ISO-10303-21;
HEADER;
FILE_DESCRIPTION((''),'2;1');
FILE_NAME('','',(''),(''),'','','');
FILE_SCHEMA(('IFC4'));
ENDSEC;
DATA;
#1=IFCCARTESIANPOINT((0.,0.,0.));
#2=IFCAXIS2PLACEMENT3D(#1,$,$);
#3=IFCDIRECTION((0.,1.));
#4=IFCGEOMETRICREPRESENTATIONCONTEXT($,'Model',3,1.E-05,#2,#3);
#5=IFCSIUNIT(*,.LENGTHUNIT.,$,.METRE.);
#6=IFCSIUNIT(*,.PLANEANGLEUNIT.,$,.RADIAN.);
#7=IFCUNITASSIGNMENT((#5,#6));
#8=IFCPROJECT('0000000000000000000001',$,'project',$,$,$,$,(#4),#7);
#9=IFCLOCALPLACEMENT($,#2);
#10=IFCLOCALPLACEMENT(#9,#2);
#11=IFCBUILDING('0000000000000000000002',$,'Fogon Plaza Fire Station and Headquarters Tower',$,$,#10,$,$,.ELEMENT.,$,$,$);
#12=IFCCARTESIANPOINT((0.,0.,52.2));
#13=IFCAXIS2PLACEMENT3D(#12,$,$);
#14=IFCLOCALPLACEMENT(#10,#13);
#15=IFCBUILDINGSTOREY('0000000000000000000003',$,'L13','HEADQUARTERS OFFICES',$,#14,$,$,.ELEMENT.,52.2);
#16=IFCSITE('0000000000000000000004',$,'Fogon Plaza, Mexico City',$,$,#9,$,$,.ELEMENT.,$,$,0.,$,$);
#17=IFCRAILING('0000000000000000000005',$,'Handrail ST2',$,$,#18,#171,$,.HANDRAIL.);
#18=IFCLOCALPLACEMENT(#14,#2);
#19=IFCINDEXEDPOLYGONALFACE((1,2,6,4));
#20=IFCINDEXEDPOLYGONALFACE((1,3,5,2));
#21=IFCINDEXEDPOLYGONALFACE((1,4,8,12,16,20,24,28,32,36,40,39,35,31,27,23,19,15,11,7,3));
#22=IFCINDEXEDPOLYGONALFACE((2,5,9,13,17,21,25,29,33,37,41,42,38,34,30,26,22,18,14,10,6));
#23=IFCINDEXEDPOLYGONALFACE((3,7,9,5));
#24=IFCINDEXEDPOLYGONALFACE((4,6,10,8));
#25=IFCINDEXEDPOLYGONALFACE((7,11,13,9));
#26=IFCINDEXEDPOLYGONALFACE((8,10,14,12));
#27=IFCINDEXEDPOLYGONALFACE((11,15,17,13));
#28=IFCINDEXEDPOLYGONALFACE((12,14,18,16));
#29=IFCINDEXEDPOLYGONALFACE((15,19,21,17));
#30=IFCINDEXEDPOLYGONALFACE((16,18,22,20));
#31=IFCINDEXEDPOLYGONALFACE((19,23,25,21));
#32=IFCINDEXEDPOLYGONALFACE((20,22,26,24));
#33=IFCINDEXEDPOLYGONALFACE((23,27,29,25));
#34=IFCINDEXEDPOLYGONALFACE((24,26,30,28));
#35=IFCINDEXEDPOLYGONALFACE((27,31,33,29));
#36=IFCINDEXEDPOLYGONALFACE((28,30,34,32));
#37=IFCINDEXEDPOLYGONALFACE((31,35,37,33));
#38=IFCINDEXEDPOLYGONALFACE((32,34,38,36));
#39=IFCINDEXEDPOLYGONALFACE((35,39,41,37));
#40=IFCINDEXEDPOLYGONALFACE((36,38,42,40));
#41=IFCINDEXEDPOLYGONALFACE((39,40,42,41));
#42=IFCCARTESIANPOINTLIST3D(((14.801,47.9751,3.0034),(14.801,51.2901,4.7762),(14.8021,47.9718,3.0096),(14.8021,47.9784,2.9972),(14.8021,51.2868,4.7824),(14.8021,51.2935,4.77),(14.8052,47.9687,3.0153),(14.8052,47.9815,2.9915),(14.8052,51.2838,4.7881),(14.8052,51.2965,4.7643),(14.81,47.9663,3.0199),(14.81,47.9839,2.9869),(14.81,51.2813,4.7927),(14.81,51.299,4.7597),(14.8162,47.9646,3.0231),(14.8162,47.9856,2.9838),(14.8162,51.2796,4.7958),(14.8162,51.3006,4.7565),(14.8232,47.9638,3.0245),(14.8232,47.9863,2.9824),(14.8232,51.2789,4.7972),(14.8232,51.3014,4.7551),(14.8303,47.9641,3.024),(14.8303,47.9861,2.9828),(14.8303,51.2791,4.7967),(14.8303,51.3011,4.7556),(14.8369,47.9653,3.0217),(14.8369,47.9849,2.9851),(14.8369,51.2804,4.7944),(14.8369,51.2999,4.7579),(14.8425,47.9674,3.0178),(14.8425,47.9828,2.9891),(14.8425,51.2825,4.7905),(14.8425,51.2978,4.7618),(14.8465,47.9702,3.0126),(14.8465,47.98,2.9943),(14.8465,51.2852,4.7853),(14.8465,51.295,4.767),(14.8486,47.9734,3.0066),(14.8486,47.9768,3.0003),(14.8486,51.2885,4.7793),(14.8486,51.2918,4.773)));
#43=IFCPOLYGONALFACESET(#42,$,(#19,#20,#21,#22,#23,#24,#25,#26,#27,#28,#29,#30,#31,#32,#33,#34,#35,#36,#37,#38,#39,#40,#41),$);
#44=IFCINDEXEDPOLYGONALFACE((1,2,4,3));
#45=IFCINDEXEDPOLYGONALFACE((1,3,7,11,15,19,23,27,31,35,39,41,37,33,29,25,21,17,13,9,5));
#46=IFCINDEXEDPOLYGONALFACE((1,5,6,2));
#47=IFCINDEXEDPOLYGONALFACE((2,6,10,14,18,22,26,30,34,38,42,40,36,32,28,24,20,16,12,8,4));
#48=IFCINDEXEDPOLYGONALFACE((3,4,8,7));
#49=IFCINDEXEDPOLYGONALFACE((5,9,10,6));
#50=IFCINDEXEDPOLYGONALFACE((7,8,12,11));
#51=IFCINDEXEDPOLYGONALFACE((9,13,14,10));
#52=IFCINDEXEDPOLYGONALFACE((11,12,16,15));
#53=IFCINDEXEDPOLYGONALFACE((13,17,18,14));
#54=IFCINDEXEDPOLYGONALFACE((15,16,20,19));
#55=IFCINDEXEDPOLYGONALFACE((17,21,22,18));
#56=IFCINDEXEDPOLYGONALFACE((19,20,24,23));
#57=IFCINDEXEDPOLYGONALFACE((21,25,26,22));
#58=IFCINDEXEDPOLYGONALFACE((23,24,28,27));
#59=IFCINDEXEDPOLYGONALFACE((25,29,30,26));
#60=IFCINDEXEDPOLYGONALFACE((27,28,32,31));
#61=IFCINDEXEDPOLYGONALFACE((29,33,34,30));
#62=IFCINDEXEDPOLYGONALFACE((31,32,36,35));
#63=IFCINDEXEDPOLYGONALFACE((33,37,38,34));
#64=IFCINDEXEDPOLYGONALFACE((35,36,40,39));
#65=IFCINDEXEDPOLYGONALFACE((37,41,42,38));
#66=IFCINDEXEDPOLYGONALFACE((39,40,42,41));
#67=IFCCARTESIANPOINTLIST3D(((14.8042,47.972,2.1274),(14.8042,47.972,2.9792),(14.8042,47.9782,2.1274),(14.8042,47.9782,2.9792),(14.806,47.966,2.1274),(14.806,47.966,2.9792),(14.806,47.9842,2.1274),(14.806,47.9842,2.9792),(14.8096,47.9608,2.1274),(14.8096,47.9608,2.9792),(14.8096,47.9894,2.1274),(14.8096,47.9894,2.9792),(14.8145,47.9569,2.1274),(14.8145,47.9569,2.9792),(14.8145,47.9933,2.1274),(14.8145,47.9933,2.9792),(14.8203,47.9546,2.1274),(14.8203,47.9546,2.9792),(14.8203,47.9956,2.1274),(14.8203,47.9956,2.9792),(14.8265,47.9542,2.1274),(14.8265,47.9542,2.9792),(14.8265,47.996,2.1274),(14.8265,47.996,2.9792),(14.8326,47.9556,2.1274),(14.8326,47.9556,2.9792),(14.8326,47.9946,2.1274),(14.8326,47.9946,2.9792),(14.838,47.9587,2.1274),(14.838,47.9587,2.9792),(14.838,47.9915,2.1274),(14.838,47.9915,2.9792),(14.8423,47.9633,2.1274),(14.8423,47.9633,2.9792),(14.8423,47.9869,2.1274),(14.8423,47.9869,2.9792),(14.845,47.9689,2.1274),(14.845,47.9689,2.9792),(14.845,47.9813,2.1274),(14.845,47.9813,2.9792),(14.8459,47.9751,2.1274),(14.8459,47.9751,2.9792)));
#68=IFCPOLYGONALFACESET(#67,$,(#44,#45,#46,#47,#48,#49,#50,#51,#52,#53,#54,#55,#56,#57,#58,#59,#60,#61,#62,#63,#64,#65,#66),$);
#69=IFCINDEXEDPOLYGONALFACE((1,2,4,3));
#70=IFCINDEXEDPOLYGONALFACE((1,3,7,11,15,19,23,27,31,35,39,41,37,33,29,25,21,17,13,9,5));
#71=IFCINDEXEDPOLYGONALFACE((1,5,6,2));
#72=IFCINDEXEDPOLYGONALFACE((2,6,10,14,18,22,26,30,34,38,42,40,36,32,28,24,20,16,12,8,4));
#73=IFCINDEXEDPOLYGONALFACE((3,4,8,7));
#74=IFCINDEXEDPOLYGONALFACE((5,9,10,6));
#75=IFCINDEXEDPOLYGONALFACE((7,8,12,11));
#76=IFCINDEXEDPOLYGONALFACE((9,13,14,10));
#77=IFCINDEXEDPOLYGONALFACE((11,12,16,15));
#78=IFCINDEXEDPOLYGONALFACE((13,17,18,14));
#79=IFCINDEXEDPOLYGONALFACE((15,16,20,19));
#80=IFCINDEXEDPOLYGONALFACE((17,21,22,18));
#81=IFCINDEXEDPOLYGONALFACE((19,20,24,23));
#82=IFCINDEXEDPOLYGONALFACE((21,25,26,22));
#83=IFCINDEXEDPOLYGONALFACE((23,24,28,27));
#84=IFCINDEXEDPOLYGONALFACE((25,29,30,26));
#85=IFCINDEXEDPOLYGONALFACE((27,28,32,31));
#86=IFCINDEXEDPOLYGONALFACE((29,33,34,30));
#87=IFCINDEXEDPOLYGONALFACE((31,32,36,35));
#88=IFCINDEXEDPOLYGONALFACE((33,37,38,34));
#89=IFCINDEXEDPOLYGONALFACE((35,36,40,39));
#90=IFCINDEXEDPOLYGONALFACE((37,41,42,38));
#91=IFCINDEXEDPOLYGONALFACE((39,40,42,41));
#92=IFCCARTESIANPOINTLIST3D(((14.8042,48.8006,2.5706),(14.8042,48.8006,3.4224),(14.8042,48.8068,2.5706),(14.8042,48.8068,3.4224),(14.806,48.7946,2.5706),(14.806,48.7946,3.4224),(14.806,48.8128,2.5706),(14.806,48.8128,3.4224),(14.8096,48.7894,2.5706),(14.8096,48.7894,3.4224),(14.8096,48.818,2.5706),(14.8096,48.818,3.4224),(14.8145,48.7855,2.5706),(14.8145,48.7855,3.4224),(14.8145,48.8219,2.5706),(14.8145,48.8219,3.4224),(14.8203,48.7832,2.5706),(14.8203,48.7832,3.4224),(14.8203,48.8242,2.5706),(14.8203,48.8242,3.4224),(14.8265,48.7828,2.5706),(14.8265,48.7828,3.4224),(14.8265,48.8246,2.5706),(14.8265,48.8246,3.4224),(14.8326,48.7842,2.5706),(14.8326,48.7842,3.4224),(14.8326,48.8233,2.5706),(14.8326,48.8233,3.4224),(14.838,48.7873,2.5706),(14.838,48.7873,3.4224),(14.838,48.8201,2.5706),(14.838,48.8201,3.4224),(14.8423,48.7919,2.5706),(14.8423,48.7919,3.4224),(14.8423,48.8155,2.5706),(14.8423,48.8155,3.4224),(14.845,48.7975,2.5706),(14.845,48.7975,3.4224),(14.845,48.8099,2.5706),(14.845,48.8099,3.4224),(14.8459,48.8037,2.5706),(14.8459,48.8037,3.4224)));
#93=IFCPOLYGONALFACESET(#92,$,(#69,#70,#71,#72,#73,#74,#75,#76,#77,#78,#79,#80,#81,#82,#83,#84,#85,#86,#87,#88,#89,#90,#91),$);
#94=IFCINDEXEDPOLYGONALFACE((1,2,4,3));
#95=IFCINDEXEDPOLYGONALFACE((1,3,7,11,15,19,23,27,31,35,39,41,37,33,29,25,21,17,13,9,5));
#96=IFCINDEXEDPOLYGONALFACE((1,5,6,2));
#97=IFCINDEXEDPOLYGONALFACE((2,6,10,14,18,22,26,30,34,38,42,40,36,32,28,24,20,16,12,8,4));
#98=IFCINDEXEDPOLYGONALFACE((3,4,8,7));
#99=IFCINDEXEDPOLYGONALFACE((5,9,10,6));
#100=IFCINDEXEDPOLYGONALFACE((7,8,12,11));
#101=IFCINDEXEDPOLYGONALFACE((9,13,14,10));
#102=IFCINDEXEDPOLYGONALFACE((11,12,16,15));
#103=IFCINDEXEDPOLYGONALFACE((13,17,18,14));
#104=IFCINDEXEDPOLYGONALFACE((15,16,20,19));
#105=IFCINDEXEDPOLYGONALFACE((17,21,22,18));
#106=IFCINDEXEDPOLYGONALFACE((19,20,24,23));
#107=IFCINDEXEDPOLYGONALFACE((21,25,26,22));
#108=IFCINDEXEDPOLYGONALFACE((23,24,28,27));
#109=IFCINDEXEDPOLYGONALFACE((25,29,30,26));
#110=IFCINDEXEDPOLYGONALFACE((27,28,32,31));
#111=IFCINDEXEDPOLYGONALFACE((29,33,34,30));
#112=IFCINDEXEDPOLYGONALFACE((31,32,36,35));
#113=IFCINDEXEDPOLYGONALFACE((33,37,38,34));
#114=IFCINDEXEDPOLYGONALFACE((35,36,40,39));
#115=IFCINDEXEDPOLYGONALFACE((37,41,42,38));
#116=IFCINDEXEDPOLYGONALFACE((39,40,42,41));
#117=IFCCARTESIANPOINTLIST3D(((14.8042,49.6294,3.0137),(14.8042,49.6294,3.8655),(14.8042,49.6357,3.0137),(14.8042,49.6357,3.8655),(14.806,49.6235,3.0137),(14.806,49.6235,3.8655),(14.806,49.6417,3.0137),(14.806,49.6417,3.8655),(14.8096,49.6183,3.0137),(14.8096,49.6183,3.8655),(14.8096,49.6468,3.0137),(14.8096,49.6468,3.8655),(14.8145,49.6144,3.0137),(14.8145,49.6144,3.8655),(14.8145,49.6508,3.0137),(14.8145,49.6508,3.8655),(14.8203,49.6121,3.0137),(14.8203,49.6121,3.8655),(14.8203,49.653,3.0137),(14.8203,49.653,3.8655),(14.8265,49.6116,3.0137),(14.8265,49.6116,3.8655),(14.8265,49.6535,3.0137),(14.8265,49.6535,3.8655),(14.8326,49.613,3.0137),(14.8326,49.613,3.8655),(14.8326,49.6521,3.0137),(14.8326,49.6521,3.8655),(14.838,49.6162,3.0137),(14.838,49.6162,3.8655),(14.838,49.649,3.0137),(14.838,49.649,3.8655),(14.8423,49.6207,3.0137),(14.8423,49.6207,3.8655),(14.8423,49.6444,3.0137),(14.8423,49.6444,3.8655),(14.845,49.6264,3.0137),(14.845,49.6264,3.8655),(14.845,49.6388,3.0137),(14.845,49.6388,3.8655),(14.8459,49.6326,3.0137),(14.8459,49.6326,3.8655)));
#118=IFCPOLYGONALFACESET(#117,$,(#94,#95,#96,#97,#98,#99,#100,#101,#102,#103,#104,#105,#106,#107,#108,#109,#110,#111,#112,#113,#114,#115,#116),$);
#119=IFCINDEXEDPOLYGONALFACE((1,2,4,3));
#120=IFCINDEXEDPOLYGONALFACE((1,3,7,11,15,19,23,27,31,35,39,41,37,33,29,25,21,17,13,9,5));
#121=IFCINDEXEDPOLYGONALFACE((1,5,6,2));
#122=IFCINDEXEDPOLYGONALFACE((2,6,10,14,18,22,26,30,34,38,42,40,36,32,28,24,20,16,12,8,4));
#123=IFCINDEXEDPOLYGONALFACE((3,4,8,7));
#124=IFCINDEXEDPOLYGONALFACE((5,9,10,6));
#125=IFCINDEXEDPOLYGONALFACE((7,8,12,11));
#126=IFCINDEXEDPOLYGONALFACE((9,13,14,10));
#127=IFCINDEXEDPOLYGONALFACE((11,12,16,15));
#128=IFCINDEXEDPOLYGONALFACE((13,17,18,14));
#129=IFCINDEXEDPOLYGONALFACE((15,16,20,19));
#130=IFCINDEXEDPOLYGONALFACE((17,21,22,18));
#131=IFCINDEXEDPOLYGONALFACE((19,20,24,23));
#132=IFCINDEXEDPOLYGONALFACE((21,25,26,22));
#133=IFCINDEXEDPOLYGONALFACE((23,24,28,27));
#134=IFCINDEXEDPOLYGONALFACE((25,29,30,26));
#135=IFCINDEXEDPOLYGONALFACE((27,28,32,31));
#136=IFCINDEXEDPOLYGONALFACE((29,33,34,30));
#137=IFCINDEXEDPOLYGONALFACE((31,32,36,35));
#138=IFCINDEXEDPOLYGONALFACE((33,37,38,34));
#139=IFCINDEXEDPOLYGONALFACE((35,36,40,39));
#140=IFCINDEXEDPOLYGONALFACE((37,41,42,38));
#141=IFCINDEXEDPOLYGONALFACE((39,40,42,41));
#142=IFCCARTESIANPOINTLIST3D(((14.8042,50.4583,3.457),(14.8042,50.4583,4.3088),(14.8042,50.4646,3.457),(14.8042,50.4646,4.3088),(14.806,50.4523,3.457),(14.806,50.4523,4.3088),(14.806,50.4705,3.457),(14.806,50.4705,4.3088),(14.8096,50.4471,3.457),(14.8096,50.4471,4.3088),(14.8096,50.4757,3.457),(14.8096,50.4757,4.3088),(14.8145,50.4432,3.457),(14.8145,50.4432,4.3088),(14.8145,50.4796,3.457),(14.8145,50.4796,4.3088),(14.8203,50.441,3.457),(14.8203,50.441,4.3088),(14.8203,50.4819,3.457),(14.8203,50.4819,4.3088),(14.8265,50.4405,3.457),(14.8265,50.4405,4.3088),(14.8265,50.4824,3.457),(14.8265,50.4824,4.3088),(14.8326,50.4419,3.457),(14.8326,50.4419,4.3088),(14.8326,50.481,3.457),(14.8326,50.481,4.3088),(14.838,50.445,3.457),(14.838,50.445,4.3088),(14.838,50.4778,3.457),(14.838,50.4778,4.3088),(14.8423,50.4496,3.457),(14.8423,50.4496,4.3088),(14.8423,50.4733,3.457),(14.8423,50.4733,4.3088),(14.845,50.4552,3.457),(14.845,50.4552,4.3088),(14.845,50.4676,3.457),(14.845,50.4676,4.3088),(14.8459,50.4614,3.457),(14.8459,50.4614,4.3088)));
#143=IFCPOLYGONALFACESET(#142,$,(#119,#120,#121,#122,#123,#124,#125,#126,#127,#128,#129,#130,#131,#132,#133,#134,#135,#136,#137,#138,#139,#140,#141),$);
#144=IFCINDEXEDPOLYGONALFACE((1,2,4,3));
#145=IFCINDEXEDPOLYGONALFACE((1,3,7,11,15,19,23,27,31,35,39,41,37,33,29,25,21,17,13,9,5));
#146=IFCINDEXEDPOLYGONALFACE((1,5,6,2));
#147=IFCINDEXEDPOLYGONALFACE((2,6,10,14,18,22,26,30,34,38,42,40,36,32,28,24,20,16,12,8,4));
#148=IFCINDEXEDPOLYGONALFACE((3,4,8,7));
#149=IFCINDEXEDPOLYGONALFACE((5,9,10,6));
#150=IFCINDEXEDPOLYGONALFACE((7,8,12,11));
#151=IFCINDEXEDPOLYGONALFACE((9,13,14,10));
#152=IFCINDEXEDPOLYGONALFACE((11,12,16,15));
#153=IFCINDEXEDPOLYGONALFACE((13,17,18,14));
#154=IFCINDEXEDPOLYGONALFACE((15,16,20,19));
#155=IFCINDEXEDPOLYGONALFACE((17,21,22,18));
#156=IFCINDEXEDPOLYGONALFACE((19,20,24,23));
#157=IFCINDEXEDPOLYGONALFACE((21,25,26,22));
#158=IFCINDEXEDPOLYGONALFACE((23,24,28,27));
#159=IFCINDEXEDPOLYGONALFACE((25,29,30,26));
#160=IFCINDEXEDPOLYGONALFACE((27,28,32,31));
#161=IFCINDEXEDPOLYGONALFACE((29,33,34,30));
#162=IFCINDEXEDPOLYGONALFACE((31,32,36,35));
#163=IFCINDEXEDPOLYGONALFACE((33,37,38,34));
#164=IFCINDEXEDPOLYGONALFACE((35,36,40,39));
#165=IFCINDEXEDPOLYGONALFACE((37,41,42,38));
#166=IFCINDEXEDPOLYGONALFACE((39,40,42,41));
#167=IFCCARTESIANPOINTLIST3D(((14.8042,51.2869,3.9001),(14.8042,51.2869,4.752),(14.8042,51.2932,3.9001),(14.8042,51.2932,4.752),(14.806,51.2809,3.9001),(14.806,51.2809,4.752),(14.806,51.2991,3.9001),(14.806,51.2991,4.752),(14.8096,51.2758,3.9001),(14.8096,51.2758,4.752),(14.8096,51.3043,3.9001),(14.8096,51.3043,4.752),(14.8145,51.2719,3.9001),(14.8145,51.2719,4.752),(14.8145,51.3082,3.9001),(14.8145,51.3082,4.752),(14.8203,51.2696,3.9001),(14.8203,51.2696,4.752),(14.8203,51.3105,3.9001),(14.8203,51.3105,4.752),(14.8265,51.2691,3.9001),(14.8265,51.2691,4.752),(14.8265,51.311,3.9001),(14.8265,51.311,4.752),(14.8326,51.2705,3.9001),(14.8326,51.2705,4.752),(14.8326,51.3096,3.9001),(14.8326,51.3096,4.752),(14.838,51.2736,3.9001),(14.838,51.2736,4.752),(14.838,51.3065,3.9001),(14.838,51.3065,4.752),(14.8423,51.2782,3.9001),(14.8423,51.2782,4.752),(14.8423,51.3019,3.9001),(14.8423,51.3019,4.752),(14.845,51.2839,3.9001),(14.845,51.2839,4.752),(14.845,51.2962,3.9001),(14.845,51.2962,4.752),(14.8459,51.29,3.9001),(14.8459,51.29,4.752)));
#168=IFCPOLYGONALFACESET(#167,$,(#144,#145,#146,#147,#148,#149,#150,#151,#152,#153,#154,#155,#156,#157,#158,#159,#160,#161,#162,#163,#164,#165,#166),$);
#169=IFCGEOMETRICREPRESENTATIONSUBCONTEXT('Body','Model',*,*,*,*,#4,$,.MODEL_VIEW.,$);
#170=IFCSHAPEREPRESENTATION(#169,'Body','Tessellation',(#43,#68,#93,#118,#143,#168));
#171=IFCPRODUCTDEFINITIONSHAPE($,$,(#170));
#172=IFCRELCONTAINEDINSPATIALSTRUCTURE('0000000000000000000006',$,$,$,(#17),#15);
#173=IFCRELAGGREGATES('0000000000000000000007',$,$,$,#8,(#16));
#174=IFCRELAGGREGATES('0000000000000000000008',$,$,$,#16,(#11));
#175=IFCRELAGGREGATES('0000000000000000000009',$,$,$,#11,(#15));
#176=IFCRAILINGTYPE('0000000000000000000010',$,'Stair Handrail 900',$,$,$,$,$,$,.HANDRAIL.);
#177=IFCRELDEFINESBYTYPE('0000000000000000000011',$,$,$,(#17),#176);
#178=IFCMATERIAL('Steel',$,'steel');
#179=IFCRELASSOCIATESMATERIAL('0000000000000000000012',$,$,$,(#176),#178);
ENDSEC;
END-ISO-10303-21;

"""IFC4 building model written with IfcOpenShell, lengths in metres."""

from ifc_helpers import new_model, si_unit, direction, frame, origin, origin_2d, place, context, subcontext, project, spatial, circle, extrude, material, type_object, element, save


model = new_model("IFC4")

# Units and contexts
model_context = context("Model", 3, precision=1e-05, world=origin(), true_north=direction((0.0, 1.0)))
body_context = subcontext(model_context, "Body", "Model", "MODEL_VIEW")
ifc_project = project(units=[si_unit("LENGTHUNIT", "METRE"), si_unit("PLANEANGLEUNIT", "RADIAN")], contexts=[model_context])

# Site, building, storey
site_placement = place(None, origin())
site = spatial("IfcSite", under=ifc_project, at=site_placement, Name="Fogon Plaza, Mexico City", CompositionType="ELEMENT", RefElevation=0.0)
building_placement = place(site_placement, origin())
building = spatial("IfcBuilding", under=site, at=building_placement, Name="Fogon Plaza Fire Station and Headquarters Tower", CompositionType="ELEMENT")
storey_placement = place(building_placement, frame((0.0, 0.0, 52.2)))
storey = spatial("IfcBuildingStorey", under=building, at=storey_placement, Name="L13", Description="HEADQUARTERS OFFICES", CompositionType="ELEMENT", Elevation=52.2)

# Railing
ifc_material_1 = material(Name="Steel", Category="steel")
railing_type = type_object("IfcRailingType", Name="Stair Handrail 900", PredefinedType="HANDRAIL", material=ifc_material_1)
for number, where, name in (
    (1, (14.825, 47.9751, 2.1274), "Handrail ST2"),
):
    element("IfcRailing", number, at=place(storey_placement, frame(where)), inside=storey, type_object=railing_type, Name=name, PredefinedType="HANDRAIL", context=body_context, shape_type="SweptSolid", body=[
        extrude(circle(Radius=0.0239, at=origin_2d()), frame((0.0, 0.0, 0.876), z_axis=(0.0, 0.881829, 0.471569), x_axis=(-1.0, 0.0, 0.0)), (0.0, 0.0, 1.0), 3.7593),
        extrude(circle(Radius=0.021, at=origin_2d()), origin(), (0.0, 0.0, 1.0), 0.8518),
        extrude(circle(Radius=0.021, at=origin_2d()), frame((0.0, 0.8286, 0.4431)), (0.0, 0.0, 1.0), 0.8518),
        extrude(circle(Radius=0.021, at=origin_2d()), frame((0.0, 1.6575, 0.8862)), (0.0, 0.0, 1.0), 0.8518),
        extrude(circle(Radius=0.021, at=origin_2d()), frame((0.0, 2.4863, 1.3296)), (0.0, 0.0, 1.0), 0.8518),
        extrude(circle(Radius=0.021, at=origin_2d()), frame((0.0, 3.3149, 1.7727)), (0.0, 0.0, 1.0), 0.8518),
    ])

save(model, "model.ifc")
